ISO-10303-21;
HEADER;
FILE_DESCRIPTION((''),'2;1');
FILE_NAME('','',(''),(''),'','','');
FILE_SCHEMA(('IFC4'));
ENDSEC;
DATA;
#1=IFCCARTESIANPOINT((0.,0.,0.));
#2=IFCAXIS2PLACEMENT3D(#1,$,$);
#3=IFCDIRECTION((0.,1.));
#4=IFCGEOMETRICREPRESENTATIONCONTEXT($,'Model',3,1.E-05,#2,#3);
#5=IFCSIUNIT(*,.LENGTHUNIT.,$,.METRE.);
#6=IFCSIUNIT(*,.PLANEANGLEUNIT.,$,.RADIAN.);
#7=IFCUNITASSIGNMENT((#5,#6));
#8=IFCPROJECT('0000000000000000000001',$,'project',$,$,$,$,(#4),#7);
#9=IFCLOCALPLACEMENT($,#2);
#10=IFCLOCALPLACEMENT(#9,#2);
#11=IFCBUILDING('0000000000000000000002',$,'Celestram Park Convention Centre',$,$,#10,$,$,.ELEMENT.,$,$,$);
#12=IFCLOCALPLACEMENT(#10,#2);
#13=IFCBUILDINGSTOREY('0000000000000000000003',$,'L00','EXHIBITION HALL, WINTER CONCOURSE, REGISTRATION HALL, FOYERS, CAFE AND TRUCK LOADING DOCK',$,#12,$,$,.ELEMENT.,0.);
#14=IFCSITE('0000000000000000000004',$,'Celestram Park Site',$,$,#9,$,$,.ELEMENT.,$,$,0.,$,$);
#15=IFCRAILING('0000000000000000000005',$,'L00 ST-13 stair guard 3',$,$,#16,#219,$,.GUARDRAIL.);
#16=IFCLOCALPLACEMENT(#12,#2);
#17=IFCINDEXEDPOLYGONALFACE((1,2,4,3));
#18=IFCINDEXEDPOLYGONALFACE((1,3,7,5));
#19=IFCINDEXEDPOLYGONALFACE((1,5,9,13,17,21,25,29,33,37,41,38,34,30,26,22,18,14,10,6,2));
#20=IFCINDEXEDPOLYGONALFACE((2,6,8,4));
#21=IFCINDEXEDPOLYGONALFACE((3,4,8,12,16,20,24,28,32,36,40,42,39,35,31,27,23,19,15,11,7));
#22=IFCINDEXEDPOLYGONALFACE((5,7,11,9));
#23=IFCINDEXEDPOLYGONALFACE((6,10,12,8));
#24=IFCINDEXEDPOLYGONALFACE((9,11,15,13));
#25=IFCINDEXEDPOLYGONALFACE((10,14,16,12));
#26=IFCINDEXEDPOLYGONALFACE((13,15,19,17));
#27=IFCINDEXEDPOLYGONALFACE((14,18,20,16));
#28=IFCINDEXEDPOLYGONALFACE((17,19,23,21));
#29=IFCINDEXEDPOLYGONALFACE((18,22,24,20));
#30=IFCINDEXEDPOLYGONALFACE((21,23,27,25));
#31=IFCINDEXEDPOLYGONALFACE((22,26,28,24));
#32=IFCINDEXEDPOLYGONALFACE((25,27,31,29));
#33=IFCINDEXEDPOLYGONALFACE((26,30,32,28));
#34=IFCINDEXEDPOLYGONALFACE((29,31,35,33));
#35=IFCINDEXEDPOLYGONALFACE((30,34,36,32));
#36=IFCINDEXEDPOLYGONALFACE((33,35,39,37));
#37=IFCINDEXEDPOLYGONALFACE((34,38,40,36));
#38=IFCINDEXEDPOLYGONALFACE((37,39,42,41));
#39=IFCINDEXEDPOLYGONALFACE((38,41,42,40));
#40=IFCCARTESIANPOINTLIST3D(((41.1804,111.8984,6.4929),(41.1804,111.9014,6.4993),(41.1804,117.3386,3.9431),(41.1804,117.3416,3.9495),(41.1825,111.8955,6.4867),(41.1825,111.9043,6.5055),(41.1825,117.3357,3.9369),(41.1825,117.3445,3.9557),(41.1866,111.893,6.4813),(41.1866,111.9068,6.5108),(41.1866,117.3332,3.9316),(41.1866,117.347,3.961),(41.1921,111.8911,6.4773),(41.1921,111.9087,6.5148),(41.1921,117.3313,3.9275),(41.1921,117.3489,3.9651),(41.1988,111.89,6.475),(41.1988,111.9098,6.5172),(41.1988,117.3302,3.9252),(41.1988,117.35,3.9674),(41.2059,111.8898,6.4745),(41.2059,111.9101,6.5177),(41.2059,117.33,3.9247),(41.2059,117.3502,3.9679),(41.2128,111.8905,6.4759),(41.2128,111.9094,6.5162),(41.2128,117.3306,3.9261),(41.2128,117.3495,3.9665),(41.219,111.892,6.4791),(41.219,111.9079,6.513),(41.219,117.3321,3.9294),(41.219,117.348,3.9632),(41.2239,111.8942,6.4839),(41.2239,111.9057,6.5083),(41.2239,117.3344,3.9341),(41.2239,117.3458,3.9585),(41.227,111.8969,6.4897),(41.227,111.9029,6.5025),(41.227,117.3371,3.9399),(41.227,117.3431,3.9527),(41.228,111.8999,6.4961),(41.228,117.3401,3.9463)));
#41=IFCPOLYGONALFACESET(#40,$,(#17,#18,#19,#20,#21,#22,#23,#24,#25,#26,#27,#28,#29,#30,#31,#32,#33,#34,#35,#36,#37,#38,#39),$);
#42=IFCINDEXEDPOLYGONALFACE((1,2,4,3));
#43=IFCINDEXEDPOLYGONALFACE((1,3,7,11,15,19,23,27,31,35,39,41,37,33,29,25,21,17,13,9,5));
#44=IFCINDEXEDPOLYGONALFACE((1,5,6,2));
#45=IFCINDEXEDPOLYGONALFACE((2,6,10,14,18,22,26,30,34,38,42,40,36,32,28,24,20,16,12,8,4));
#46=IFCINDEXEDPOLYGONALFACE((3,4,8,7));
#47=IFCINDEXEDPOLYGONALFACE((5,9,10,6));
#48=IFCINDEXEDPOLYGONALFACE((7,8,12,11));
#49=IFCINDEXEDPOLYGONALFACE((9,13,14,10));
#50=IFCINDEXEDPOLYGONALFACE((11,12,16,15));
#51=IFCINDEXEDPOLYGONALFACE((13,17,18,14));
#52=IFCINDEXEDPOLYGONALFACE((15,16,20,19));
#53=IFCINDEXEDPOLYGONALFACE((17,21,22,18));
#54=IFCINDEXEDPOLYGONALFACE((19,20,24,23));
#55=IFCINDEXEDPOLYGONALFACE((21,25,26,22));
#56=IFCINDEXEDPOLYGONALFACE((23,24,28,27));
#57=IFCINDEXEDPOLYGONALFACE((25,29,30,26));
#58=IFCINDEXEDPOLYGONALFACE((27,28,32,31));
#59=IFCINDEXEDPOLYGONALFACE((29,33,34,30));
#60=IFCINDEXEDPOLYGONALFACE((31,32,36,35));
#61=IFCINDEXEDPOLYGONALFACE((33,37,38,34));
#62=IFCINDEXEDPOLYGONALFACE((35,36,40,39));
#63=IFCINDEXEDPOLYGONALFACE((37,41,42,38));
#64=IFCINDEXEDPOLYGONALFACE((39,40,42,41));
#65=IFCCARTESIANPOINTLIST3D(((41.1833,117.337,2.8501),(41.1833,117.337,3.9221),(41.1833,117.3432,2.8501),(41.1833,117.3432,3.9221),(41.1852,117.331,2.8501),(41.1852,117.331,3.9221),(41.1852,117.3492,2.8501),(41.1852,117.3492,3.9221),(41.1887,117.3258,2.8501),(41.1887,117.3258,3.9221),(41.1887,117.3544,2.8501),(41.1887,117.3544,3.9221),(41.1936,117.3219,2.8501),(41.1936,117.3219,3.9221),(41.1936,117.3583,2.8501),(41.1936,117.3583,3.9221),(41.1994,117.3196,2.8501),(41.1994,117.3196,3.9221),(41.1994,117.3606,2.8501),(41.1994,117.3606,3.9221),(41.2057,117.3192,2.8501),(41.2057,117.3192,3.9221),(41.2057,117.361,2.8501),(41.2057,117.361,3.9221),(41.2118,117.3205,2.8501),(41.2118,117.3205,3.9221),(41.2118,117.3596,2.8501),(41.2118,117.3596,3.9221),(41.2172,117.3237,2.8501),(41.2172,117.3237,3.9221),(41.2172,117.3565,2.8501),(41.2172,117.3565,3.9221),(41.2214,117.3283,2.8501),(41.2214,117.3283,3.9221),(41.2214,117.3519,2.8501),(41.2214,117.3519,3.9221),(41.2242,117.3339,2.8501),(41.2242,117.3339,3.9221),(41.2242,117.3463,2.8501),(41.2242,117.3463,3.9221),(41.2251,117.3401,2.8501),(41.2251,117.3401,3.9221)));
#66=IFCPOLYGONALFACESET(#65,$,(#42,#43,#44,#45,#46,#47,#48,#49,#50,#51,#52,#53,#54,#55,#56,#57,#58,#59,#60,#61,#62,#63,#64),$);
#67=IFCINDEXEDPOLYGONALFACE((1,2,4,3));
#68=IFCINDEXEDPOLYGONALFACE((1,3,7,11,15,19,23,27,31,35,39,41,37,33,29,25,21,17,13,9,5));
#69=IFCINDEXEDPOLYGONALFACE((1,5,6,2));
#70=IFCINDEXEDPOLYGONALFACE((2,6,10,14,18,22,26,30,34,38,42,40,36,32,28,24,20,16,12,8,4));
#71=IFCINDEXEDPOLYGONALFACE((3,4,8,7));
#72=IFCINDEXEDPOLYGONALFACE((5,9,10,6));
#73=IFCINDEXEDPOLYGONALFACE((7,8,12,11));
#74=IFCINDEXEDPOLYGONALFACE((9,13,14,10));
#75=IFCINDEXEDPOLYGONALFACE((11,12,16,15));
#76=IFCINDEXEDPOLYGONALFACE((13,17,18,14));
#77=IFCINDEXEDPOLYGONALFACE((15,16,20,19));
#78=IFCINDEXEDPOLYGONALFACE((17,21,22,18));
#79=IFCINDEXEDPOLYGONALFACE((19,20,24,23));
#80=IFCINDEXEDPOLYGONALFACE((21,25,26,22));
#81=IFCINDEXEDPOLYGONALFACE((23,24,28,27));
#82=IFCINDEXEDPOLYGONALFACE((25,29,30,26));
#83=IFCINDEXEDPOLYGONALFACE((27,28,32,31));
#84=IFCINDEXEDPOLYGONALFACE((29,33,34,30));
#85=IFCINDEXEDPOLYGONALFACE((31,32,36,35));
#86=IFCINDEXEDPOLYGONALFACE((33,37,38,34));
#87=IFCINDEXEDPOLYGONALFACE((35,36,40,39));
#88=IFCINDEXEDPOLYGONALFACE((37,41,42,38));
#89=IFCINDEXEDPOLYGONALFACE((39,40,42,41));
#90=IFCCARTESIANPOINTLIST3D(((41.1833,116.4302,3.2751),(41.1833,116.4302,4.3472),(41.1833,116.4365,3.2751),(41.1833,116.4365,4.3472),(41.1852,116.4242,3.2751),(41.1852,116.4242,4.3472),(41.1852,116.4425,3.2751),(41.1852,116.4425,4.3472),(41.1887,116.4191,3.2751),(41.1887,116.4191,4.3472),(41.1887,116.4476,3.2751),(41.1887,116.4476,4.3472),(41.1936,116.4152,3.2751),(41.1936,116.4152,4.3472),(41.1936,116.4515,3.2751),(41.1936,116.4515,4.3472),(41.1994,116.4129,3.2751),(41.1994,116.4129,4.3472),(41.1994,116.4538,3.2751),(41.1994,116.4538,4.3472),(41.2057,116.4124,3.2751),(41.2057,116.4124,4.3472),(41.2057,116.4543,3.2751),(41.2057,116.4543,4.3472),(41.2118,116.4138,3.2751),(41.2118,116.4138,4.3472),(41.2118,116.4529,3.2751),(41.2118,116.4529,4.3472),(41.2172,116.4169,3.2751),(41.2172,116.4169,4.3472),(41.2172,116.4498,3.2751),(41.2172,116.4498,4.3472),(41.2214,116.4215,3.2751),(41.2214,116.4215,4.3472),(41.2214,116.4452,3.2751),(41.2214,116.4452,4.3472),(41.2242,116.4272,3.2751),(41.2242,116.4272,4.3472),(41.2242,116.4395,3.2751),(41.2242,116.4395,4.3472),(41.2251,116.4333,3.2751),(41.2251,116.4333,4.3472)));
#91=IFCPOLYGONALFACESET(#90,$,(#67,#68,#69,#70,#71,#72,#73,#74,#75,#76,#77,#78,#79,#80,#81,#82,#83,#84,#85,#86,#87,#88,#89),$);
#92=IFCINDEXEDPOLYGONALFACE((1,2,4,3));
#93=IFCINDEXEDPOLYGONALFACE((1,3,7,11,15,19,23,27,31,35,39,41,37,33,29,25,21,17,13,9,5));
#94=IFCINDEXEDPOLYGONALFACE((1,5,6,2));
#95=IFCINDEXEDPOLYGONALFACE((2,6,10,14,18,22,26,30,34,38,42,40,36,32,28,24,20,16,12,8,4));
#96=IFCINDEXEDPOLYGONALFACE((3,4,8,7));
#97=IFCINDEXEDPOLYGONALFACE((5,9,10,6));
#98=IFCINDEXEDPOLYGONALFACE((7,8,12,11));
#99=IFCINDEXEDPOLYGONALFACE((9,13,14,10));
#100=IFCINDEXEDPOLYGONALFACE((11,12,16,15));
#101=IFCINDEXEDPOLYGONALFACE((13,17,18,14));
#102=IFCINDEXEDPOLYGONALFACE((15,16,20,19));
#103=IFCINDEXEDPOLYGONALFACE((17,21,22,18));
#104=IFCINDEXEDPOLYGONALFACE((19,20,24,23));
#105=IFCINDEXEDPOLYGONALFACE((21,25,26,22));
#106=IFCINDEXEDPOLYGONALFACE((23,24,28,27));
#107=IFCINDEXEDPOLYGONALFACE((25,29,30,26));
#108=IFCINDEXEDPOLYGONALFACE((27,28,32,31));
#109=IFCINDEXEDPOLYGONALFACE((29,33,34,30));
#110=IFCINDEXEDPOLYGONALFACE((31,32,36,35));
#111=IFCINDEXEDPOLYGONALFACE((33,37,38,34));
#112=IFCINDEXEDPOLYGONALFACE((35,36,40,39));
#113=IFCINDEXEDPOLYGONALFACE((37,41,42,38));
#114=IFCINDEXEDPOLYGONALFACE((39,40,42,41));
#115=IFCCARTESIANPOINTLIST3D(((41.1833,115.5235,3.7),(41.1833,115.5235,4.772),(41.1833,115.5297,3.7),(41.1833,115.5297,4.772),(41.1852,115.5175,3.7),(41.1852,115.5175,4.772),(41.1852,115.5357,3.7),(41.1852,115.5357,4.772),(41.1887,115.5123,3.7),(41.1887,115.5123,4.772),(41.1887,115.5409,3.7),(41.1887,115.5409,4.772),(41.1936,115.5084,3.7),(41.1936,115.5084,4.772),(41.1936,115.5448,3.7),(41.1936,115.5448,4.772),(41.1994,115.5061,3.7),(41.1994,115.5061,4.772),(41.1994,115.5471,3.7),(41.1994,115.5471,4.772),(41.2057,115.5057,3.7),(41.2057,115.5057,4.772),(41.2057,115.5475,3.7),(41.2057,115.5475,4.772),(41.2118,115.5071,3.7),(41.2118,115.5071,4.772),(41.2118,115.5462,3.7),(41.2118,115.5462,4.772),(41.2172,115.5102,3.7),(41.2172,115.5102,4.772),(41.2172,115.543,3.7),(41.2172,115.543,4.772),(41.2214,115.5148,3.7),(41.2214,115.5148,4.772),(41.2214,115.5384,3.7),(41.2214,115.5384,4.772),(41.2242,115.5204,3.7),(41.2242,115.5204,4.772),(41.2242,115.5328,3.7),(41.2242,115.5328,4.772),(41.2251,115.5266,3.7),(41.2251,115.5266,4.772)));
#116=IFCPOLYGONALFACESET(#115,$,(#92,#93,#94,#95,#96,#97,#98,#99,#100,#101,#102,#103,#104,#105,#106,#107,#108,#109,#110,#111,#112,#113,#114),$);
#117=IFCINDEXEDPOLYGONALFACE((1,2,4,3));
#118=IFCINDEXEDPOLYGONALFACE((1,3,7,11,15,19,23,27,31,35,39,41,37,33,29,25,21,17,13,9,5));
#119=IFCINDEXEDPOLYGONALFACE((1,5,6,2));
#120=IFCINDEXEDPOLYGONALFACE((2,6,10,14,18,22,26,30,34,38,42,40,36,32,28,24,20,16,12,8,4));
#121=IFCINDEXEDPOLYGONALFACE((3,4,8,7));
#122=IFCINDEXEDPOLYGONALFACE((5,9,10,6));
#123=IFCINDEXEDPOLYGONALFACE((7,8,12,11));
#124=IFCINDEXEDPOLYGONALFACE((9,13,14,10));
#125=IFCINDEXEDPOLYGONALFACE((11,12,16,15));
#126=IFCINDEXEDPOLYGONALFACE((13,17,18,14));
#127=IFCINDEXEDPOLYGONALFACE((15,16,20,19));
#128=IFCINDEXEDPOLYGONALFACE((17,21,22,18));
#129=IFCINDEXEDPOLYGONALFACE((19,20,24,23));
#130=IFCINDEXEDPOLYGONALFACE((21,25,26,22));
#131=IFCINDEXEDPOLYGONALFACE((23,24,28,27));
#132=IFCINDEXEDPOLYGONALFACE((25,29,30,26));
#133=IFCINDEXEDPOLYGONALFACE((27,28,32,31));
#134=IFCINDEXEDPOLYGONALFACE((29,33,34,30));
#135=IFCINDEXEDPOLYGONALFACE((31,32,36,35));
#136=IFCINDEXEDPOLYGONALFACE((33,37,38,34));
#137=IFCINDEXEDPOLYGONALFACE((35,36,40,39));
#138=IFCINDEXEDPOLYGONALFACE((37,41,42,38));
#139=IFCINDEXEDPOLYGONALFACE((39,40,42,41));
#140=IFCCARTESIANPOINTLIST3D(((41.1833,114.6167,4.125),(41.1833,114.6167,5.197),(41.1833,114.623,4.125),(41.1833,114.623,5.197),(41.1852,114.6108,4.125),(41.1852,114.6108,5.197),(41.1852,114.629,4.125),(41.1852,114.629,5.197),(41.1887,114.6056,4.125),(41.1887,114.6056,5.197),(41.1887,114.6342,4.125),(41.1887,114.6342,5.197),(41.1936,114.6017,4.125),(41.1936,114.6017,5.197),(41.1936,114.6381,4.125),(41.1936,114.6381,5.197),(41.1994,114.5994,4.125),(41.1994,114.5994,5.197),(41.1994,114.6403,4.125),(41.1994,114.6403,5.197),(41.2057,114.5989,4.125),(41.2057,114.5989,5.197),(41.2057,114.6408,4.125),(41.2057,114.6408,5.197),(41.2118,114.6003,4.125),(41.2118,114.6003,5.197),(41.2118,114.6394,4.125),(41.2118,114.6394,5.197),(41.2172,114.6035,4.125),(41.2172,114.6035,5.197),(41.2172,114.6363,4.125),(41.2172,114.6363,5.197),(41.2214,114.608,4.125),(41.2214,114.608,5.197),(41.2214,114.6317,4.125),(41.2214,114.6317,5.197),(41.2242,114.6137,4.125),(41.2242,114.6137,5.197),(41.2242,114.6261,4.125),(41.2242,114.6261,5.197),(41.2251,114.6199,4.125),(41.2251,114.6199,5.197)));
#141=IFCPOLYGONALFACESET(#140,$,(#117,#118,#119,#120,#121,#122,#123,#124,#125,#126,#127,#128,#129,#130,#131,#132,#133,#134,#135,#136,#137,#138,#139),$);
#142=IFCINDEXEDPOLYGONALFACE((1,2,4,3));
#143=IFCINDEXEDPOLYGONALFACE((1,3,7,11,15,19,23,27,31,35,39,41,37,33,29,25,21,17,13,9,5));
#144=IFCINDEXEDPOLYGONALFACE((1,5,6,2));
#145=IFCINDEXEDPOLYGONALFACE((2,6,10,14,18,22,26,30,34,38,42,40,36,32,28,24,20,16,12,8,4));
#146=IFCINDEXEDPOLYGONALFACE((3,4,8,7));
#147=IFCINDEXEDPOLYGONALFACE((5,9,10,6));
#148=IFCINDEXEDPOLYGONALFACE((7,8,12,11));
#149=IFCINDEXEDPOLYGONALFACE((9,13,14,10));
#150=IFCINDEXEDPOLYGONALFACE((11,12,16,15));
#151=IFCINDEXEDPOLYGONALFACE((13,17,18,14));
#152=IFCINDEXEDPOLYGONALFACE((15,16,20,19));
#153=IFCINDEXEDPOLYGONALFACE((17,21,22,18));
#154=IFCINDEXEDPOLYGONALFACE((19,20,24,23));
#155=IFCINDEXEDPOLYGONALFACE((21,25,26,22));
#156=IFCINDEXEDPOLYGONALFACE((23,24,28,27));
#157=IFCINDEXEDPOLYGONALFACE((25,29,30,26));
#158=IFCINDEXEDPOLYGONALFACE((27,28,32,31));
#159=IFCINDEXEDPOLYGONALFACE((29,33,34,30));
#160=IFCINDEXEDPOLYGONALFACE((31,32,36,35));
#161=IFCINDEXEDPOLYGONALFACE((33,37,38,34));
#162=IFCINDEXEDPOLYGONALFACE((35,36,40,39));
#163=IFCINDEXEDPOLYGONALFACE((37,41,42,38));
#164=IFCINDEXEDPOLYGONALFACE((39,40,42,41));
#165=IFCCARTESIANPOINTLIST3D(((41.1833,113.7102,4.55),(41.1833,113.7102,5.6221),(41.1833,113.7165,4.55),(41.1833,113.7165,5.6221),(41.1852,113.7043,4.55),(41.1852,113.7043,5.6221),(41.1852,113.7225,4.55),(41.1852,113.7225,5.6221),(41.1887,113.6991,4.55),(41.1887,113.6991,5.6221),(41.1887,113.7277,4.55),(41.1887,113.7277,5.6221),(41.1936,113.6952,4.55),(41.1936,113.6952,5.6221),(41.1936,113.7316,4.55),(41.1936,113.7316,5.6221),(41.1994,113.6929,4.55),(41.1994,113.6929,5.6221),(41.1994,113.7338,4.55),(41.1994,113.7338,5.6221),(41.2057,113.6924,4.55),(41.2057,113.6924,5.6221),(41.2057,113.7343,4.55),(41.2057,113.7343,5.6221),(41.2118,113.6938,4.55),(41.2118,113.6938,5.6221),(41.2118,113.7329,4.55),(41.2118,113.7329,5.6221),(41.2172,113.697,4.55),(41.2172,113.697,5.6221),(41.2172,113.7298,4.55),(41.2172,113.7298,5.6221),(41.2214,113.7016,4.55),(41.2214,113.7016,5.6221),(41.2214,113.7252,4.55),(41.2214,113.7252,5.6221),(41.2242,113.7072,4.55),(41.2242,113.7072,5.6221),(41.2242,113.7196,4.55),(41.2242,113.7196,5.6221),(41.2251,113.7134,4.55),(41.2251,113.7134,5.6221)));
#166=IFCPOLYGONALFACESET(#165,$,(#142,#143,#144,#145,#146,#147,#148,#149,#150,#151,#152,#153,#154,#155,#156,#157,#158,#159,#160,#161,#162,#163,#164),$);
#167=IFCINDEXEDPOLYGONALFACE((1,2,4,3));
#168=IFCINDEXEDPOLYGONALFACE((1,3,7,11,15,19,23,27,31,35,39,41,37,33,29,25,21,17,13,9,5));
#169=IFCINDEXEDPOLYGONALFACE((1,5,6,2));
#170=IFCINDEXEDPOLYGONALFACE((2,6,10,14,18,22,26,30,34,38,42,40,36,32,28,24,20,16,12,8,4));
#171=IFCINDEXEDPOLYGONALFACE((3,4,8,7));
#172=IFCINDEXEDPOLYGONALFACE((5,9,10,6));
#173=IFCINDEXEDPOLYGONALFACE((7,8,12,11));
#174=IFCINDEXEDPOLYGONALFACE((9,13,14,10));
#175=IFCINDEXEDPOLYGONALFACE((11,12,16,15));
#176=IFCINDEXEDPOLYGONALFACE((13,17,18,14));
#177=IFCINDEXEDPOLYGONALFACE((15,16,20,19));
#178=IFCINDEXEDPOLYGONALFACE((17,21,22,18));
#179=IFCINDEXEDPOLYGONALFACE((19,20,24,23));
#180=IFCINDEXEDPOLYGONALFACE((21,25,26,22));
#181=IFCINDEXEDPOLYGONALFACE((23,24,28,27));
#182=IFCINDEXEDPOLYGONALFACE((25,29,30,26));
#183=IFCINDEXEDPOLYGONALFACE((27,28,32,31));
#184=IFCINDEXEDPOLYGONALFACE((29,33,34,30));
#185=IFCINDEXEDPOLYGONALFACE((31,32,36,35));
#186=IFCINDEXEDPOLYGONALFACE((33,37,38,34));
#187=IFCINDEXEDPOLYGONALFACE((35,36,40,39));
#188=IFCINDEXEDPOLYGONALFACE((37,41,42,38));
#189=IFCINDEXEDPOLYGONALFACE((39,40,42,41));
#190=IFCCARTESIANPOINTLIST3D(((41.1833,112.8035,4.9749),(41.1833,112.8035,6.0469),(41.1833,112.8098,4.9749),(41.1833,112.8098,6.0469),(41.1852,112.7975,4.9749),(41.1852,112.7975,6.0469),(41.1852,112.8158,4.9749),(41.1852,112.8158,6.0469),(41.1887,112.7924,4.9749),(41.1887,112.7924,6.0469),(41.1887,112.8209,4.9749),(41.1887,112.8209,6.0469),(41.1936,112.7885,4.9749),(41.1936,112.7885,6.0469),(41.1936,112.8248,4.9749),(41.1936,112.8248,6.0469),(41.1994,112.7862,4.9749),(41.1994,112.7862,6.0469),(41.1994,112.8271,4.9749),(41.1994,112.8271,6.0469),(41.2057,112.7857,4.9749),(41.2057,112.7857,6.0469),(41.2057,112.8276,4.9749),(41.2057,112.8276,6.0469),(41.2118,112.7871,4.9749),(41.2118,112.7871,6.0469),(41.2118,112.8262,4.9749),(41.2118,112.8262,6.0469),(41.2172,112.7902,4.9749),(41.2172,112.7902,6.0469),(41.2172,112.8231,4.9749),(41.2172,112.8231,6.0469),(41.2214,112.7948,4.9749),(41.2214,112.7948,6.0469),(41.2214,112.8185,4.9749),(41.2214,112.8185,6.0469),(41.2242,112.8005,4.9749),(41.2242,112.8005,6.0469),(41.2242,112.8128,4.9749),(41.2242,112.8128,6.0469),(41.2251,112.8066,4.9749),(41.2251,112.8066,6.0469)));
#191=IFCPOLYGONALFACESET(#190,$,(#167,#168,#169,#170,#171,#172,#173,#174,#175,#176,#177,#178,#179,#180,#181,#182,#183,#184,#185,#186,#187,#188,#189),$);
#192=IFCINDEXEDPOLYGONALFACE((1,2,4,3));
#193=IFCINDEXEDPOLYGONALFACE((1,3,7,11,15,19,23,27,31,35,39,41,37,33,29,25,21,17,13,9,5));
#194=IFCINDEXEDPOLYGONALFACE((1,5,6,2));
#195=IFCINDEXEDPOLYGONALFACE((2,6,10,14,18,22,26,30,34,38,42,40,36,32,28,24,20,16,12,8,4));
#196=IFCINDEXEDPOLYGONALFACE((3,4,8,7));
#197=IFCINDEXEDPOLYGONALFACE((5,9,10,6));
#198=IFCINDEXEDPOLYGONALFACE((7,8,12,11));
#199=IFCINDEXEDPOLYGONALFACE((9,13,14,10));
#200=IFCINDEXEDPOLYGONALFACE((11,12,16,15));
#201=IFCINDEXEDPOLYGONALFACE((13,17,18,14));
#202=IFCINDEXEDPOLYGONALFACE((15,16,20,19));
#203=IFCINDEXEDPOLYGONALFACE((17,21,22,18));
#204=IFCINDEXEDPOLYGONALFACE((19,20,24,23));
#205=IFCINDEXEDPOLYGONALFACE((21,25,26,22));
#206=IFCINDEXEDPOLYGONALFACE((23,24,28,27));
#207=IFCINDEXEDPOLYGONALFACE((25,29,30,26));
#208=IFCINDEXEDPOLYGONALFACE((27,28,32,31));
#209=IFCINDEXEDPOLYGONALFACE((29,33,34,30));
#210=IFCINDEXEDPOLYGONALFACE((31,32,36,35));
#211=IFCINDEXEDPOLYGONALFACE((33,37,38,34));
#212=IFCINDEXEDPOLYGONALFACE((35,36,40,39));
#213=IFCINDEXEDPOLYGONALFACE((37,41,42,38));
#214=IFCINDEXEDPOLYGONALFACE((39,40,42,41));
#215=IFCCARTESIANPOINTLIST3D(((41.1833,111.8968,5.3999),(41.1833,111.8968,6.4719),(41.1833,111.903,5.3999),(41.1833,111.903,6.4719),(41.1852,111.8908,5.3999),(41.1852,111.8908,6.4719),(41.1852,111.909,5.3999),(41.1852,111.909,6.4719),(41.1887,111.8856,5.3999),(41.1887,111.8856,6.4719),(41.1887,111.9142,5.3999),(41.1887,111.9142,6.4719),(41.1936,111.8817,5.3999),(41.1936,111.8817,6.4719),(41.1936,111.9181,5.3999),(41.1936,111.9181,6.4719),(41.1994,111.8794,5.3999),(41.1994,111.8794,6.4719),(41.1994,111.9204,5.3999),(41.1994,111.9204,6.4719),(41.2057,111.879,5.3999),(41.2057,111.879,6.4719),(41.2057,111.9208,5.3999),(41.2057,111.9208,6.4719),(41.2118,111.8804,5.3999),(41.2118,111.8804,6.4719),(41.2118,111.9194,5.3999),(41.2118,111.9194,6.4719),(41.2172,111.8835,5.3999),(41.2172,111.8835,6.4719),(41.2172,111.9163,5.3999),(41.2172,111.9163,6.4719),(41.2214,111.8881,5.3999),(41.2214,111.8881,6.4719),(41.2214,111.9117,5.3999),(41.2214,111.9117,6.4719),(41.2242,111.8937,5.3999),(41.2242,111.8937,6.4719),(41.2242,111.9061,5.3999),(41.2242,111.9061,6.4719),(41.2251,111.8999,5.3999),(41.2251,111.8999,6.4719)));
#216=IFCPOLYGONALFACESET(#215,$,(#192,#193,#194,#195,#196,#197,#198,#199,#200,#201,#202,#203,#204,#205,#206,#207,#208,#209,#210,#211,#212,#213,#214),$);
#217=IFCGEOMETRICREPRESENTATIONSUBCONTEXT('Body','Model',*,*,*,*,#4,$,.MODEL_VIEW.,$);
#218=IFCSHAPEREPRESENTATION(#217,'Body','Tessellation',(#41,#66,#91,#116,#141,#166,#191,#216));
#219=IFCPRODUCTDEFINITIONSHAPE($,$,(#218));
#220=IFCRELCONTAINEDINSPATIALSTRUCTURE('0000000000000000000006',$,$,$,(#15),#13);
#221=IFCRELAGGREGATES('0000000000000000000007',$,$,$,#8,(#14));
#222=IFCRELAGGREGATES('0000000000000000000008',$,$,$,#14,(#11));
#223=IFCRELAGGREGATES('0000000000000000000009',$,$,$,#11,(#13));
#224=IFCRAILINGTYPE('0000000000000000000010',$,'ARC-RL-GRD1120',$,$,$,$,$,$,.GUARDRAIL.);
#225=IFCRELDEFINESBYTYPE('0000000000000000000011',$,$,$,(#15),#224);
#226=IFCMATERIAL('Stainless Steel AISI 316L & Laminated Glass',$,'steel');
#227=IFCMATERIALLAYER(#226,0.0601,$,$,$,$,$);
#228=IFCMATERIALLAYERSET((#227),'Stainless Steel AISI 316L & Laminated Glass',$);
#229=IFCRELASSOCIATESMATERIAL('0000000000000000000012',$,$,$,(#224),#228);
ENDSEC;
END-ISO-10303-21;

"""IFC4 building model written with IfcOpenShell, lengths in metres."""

from ifc_helpers import new_model, si_unit, direction, frame, origin, origin_2d, place, context, subcontext, project, spatial, circle, extrude, material, layer, layer_set, type_object, element, save


model = new_model("IFC4")

# Units and contexts
model_context = context("Model", 3, precision=1e-05, world=origin(), true_north=direction((0.0, 1.0)))
body_context = subcontext(model_context, "Body", "Model", "MODEL_VIEW")
ifc_project = project(units=[si_unit("LENGTHUNIT", "METRE"), si_unit("PLANEANGLEUNIT", "RADIAN")], contexts=[model_context])

# Site, building, storey
site_placement = place(None, origin())
site = spatial("IfcSite", under=ifc_project, at=site_placement, Name="Celestram Park Site", CompositionType="ELEMENT", RefElevation=0.0)
building_placement = place(site_placement, origin())
building = spatial("IfcBuilding", under=site, at=building_placement, Name="Celestram Park Convention Centre", CompositionType="ELEMENT")
storey_placement = place(building_placement, origin())
storey = spatial("IfcBuildingStorey", under=building, at=storey_placement, Name="L00", Description="EXHIBITION HALL, WINTER CONCOURSE, REGISTRATION HALL, FOYERS, CAFE AND TRUCK LOADING DOCK", CompositionType="ELEMENT", Elevation=0.0)

# Railing
ifc_material_1 = material(Name="Stainless Steel AISI 316L & Laminated Glass", Category="steel")
ifc_layer_1 = layer(ifc_material_1, 0.0601)
ifc_layer_set_1 = layer_set([ifc_layer_1], Name="Stainless Steel AISI 316L & Laminated Glass")
railing_type_1 = type_object("IfcRailingType", Name="ARC-RL-GRD1120", PredefinedType="GUARDRAIL", material=ifc_layer_set_1)
railing_1_placement = place(storey_placement, frame((41.2041, 117.3401, 2.8501)))
element("IfcRailing", 1, at=railing_1_placement, inside=storey, type_object=railing_type_1, Name="L00 ST-13 stair guard 3", PredefinedType="GUARDRAIL", context=body_context, shape_type="SweptSolid", body=[
    extrude(circle(Radius=0.0239, at=origin_2d()), frame((0.0, 0.0, 1.0962), z_axis=(0.0, -0.905477, 0.424395), x_axis=(1.0, 0.0, 0.0)), (0.0, 0.0, 1.0), 6.0081),
    extrude(circle(Radius=0.021, at=origin_2d()), origin(), (0.0, 0.0, 1.0), 1.072),
    extrude(circle(Radius=0.021, at=origin_2d()), frame((0.0, -0.9067, 0.425)), (0.0, 0.0, 1.0), 1.072),
    extrude(circle(Radius=0.021, at=origin_2d()), frame((0.0, -1.8135, 0.8499)), (0.0, 0.0, 1.0), 1.072),
    extrude(circle(Radius=0.021, at=origin_2d()), frame((0.0, -2.7202, 1.2749)), (0.0, 0.0, 1.0), 1.072),
    extrude(circle(Radius=0.021, at=origin_2d()), frame((0.0, -3.6267, 1.7)), (0.0, 0.0, 1.0), 1.072),
    extrude(circle(Radius=0.021, at=origin_2d()), frame((0.0, -4.5334, 2.1248)), (0.0, 0.0, 1.0), 1.072),
    extrude(circle(Radius=0.021, at=origin_2d()), frame((0.0, -5.4402, 2.5498)), (0.0, 0.0, 1.0), 1.072),
])

save(model, "model.ifc")
